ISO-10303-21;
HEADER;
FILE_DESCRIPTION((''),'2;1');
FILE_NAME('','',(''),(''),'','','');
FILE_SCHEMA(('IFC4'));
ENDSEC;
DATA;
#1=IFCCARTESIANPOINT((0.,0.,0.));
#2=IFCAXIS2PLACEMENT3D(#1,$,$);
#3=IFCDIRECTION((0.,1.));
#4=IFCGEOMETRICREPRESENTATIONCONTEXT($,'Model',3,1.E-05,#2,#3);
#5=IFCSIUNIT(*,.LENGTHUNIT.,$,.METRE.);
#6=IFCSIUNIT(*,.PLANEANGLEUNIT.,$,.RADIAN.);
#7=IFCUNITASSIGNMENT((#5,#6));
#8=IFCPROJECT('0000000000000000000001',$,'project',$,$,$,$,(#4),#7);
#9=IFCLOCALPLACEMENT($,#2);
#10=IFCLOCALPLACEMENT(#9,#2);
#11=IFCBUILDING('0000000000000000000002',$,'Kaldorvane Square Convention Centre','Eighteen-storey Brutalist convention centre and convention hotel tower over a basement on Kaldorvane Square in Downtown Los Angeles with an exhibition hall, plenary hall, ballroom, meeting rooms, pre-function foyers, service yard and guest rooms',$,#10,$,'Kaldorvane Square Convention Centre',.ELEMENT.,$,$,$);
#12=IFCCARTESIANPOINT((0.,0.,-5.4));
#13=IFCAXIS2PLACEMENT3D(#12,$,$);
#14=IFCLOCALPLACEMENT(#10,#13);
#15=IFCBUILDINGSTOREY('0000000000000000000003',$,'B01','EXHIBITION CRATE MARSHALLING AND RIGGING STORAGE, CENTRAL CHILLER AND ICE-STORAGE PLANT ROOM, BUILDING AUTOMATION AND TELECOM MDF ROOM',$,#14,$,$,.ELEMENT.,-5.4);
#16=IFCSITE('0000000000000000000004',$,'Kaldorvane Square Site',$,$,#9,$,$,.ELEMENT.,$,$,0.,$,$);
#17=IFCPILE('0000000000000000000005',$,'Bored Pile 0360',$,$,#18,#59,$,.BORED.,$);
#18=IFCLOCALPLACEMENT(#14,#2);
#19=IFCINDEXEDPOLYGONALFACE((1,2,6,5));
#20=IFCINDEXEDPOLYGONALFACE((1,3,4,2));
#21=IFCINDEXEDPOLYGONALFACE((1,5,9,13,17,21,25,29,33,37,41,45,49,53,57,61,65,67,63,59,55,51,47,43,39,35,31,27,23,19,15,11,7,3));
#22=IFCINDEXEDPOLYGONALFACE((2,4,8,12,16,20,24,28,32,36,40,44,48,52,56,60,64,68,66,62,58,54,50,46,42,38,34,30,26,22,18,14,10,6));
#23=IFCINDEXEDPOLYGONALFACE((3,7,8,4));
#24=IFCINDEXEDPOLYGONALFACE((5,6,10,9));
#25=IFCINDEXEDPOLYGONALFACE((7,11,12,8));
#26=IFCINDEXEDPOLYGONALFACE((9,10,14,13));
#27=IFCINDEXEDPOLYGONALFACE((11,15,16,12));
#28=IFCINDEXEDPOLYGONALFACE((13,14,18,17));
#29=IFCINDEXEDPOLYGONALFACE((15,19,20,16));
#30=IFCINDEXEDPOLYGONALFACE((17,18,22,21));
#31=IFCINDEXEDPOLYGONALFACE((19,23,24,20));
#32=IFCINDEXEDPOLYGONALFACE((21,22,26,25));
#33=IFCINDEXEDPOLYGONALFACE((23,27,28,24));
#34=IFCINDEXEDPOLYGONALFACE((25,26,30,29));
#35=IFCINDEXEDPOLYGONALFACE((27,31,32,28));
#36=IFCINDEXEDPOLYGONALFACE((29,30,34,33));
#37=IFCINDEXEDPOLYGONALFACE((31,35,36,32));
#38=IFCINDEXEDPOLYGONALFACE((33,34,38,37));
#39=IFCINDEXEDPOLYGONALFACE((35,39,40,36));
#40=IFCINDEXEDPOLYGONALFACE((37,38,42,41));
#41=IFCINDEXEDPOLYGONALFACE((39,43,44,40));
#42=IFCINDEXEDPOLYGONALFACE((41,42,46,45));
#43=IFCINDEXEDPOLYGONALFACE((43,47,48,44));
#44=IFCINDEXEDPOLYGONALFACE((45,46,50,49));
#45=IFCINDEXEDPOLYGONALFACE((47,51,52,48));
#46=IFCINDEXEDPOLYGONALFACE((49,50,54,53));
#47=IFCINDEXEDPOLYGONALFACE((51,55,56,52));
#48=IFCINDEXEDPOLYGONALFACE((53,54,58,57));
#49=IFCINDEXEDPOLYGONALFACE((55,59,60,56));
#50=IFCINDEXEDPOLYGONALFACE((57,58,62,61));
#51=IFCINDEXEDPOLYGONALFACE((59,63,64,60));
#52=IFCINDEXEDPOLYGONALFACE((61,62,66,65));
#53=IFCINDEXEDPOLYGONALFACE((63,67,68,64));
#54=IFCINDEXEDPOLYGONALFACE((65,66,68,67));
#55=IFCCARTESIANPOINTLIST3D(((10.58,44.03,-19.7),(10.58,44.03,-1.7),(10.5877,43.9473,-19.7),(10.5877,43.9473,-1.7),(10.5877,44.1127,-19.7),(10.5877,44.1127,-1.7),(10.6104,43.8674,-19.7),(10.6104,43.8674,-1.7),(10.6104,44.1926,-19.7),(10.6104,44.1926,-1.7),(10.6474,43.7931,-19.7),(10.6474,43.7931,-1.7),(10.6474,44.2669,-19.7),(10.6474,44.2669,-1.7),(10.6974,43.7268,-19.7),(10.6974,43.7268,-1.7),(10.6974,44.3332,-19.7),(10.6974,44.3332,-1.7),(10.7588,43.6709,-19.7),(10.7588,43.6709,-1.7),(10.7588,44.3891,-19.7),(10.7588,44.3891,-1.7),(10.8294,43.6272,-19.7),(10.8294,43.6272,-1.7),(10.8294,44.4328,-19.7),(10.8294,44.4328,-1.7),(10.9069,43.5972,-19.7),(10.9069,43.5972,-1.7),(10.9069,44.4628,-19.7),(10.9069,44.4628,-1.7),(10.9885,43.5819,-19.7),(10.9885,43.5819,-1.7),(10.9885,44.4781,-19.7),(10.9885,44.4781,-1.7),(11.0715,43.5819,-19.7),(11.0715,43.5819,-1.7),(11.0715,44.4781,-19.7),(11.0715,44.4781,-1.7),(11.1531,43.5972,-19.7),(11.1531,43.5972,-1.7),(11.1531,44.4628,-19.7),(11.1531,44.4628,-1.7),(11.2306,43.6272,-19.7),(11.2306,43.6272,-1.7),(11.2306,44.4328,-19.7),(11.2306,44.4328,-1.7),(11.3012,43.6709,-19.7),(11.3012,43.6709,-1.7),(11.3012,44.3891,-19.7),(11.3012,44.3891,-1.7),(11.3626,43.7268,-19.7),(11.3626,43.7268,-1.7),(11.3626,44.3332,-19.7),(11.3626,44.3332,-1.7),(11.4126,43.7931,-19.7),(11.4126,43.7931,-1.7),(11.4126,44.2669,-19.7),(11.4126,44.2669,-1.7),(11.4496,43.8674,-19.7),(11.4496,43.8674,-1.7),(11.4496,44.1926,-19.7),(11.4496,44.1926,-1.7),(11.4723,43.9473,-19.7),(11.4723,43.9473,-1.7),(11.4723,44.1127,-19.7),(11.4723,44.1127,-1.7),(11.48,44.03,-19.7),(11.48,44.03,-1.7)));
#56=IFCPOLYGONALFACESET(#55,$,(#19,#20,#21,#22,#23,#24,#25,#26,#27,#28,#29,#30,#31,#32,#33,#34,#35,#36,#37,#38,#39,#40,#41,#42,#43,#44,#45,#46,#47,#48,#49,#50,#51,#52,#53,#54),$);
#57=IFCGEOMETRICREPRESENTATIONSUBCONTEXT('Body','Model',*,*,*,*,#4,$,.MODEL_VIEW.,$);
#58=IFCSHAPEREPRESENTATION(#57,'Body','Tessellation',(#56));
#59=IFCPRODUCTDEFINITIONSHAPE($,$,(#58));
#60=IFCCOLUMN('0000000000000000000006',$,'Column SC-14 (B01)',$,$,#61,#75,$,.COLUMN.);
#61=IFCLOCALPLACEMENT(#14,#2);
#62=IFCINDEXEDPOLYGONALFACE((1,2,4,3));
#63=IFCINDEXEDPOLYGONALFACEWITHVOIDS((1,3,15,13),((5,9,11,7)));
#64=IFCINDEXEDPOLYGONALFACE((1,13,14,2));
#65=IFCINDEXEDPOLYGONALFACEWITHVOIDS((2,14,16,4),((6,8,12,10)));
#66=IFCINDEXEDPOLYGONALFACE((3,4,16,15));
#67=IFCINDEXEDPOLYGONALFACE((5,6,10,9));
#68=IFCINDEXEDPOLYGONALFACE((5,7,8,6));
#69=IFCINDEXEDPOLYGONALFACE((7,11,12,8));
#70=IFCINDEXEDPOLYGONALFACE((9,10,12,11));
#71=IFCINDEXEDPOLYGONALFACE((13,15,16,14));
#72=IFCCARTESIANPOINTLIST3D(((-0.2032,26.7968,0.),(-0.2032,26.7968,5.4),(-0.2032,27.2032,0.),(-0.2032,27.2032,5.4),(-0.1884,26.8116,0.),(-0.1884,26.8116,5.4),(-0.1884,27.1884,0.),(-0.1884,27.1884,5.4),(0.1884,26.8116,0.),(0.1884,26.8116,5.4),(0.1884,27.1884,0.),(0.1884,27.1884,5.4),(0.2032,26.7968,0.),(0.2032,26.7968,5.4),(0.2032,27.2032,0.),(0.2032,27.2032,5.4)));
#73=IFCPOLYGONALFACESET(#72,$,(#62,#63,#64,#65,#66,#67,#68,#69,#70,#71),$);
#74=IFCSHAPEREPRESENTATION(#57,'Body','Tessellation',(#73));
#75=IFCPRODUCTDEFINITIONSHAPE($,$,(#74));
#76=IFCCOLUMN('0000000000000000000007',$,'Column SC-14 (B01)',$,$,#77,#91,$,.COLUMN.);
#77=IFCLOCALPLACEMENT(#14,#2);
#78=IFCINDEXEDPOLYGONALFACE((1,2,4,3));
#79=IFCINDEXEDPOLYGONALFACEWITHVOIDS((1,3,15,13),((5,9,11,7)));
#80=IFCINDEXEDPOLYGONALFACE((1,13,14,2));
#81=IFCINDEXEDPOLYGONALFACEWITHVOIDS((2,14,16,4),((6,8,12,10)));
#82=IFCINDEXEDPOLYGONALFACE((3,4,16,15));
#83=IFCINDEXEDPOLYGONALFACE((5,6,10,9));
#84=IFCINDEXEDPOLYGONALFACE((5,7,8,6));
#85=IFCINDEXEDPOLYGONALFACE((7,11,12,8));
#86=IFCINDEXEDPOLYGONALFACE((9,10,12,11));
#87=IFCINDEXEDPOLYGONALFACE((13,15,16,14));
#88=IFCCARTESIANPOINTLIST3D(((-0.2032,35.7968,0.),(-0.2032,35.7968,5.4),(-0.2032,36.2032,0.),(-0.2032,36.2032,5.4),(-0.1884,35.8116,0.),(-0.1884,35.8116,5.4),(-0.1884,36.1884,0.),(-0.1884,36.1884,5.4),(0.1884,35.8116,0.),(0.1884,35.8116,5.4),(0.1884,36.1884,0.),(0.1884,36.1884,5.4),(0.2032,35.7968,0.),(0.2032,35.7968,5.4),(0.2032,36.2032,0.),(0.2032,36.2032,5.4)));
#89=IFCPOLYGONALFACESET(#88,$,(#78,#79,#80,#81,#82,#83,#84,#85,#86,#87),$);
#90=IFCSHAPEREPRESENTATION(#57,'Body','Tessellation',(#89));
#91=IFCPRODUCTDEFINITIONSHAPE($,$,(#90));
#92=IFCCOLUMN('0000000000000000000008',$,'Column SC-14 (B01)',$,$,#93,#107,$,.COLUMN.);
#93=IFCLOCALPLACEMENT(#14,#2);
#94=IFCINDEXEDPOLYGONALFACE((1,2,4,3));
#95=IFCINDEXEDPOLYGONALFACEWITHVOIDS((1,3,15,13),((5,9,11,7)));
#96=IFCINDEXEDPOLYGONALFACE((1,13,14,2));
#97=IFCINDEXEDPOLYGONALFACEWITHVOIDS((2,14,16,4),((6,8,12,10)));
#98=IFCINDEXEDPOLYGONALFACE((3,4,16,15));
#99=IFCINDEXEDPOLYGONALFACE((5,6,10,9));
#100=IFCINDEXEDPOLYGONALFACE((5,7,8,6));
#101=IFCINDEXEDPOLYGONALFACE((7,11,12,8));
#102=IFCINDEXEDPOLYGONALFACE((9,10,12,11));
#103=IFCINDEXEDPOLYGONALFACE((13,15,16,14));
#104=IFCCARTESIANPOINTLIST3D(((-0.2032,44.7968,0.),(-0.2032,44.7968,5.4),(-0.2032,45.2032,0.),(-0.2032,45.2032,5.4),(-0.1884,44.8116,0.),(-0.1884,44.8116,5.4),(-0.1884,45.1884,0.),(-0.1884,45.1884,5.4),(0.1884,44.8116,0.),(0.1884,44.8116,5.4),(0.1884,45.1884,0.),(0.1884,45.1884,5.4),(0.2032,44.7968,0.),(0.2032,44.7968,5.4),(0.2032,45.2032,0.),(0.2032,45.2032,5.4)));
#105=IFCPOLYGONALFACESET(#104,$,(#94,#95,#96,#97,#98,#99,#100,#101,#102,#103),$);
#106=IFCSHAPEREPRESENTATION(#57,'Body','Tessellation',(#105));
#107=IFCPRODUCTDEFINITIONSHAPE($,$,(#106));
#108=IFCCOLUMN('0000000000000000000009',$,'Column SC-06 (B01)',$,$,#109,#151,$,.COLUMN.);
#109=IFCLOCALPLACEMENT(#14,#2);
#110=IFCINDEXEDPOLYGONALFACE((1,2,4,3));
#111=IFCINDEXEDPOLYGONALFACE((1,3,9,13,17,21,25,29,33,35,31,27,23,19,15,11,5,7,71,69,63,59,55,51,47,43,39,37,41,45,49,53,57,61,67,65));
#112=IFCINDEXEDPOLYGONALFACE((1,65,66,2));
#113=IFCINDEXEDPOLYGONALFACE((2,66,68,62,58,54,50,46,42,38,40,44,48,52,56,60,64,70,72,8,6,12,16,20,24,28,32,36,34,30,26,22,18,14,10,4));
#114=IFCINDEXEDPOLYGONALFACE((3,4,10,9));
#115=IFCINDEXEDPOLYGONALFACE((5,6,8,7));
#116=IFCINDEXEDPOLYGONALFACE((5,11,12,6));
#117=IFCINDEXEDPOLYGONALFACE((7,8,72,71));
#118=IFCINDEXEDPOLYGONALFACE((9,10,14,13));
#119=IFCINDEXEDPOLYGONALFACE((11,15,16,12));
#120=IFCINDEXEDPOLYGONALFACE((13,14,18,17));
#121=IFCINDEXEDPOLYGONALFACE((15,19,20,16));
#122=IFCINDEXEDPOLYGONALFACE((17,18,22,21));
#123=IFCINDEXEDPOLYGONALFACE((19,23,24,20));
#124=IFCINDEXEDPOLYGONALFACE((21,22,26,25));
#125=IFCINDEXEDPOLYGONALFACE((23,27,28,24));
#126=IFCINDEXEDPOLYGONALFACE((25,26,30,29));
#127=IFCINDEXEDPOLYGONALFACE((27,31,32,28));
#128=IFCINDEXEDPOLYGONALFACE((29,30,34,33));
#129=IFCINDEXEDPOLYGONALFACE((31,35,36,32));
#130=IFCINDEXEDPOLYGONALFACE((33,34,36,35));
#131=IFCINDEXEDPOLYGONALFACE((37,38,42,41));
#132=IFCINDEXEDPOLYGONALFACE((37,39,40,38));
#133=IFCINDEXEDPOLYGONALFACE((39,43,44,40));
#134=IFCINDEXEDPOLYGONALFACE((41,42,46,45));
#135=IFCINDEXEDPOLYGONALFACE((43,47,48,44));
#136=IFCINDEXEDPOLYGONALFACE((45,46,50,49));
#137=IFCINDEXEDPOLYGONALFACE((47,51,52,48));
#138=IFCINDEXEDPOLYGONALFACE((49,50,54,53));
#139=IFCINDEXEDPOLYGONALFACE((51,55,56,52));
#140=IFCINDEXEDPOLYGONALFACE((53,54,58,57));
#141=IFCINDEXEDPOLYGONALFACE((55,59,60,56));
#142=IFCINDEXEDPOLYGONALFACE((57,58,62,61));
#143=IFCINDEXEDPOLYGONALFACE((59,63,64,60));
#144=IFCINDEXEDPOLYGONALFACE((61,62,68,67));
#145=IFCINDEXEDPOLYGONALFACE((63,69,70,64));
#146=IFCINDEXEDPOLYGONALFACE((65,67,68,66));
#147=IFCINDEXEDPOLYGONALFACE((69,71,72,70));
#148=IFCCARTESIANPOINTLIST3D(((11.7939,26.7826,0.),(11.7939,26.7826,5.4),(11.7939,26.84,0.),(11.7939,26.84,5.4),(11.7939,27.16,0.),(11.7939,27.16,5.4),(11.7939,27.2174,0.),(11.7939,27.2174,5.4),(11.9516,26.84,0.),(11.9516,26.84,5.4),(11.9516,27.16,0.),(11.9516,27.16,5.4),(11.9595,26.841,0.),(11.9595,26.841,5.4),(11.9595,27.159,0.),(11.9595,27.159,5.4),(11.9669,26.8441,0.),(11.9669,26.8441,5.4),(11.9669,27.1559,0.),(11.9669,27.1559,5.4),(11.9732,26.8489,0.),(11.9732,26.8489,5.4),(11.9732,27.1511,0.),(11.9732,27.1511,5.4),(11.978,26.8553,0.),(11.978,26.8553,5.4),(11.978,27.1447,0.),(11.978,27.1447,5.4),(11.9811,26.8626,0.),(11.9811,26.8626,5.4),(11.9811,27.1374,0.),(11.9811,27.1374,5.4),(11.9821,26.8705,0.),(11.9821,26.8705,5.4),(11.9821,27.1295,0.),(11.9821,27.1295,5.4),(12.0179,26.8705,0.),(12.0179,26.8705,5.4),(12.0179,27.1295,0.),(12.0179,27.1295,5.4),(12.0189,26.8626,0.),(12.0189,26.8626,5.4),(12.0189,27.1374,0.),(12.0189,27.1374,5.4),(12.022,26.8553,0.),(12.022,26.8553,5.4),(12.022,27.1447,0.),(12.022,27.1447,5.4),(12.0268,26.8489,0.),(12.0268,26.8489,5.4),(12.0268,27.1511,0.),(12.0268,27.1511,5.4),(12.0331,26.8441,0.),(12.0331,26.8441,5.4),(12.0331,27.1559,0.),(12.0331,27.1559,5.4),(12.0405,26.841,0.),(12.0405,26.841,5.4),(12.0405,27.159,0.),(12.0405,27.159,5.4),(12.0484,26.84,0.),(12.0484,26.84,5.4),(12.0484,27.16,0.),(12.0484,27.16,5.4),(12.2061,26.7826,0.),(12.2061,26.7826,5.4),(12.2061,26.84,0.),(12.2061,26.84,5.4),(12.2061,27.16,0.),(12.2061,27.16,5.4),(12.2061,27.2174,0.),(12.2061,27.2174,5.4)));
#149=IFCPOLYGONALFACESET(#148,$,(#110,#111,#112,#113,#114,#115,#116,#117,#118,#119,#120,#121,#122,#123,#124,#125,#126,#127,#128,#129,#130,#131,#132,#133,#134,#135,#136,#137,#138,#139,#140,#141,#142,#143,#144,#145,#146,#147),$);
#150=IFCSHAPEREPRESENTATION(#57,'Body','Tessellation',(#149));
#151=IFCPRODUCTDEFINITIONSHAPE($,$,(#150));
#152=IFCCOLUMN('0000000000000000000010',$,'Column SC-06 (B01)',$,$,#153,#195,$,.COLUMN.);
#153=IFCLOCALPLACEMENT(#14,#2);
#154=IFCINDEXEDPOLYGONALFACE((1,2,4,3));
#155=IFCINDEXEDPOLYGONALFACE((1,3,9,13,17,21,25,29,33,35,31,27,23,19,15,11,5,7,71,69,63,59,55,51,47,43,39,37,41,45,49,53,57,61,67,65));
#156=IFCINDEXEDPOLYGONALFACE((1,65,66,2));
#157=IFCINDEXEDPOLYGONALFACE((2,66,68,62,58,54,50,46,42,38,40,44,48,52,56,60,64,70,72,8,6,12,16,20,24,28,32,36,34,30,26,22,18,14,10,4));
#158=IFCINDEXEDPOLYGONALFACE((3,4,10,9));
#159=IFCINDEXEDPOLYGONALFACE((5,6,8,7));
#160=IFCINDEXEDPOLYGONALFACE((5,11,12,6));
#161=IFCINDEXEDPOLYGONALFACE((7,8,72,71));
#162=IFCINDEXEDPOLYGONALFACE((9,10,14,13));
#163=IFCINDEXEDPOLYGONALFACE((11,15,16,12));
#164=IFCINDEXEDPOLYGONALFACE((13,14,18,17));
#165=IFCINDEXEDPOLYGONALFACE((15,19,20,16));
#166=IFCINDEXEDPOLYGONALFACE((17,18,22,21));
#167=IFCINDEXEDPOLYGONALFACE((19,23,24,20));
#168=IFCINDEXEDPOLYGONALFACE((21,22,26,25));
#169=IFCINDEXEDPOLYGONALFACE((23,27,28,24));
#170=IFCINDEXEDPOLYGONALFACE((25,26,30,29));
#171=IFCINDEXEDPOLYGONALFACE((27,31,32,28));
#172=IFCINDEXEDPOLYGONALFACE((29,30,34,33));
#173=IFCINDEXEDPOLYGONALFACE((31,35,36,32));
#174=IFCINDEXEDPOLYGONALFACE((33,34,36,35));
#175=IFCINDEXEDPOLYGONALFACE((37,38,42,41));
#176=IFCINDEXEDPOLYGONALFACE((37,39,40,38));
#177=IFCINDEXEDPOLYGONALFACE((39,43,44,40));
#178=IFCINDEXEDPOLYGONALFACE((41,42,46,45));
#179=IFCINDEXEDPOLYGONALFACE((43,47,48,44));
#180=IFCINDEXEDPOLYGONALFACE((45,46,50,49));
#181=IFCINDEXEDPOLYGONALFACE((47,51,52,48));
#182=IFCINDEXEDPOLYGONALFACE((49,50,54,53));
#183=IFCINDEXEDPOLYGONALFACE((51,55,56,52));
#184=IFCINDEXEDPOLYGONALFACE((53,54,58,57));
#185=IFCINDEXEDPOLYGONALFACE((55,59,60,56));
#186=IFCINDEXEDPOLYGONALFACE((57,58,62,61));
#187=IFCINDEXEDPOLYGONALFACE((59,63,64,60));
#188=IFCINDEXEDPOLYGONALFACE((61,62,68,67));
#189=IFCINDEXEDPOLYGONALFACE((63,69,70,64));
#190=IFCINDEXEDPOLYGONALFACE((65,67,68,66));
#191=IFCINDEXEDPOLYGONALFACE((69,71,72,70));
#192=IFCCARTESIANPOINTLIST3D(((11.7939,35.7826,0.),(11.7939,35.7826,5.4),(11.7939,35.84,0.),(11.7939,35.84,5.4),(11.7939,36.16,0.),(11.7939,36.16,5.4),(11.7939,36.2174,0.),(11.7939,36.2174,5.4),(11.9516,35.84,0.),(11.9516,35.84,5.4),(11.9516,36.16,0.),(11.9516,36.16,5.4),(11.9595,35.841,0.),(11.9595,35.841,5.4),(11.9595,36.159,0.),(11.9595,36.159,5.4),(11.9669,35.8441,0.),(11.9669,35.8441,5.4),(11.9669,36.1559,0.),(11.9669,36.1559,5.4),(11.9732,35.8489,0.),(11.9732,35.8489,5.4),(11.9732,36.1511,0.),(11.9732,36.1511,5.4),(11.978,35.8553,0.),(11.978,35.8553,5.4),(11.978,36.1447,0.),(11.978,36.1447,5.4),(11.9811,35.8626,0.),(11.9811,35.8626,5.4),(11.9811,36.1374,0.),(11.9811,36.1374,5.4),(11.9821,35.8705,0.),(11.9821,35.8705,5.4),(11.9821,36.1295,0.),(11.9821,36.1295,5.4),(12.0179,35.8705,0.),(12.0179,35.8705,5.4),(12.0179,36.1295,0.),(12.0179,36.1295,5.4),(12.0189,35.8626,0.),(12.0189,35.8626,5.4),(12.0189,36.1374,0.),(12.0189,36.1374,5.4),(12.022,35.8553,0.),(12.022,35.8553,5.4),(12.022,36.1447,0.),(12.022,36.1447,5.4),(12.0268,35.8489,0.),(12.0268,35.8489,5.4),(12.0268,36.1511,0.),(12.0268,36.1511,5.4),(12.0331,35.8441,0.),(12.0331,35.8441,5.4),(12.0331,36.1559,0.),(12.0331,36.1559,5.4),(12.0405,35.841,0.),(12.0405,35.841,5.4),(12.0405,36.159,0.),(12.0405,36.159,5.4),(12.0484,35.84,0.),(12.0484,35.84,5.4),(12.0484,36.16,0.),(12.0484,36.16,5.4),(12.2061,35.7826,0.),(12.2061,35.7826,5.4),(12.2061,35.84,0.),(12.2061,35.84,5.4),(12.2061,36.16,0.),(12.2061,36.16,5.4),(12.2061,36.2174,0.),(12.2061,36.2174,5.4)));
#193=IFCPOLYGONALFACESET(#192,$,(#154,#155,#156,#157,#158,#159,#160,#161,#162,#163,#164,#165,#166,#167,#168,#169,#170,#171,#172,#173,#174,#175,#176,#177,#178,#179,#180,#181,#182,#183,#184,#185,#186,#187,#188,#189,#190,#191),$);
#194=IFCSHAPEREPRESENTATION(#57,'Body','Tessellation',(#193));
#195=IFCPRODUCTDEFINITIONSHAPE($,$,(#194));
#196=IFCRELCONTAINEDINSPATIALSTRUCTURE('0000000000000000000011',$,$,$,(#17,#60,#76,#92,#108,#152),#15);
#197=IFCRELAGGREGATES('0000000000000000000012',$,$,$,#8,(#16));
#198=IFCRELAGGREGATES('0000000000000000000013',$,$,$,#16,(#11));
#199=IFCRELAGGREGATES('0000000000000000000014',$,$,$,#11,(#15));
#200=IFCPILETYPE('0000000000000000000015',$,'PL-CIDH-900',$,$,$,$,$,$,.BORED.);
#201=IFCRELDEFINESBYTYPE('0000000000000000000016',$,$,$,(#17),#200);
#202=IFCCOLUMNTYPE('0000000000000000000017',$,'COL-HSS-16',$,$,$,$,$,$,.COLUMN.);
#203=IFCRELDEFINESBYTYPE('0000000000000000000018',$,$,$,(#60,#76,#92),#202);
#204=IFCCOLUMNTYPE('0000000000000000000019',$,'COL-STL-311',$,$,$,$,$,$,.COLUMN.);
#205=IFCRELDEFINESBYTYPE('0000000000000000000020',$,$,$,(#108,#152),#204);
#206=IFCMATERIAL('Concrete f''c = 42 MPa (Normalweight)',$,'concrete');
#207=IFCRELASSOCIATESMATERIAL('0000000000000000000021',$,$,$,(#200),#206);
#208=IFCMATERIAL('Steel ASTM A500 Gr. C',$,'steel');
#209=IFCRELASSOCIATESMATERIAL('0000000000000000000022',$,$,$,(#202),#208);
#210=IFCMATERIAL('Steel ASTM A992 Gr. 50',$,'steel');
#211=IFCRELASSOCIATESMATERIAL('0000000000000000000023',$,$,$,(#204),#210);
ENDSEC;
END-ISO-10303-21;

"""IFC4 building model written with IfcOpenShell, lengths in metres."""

from ifc_helpers import new_model, si_unit, direction, frame, origin, origin_2d, place, context, subcontext, project, spatial, hollow_rectangle, circle, i_section, extrude, material, material_profile, profile_set, type_object, element, save


model = new_model("IFC4")

# Units and contexts
model_context = context("Model", 3, precision=1e-05, world=origin(), true_north=direction((0.0, 1.0)))
body_context = subcontext(model_context, "Body", "Model", "MODEL_VIEW")
ifc_project = project(units=[si_unit("LENGTHUNIT", "METRE"), si_unit("PLANEANGLEUNIT", "RADIAN")], contexts=[model_context])

# Site, building, storey
site_placement = place(None, origin())
site = spatial("IfcSite", under=ifc_project, at=site_placement, Name="Kaldorvane Square Site", CompositionType="ELEMENT", RefElevation=0.0)
building_placement = place(site_placement, origin())
building = spatial("IfcBuilding", under=site, at=building_placement, Name="Kaldorvane Square Convention Centre", Description="Eighteen-storey Brutalist convention centre and convention hotel tower over a basement on Kaldorvane Square in Downtown Los Angeles with an exhibition hall, plenary hall, ballroom, meeting rooms, pre-function foyers, service yard and guest rooms", LongName="Kaldorvane Square Convention Centre", CompositionType="ELEMENT")
storey_placement = place(building_placement, frame((0.0, 0.0, -5.4)))
storey = spatial("IfcBuildingStorey", under=building, at=storey_placement, Name="B01", Description="EXHIBITION CRATE MARSHALLING AND RIGGING STORAGE, CENTRAL CHILLER AND ICE-STORAGE PLANT ROOM, BUILDING AUTOMATION AND TELECOM MDF ROOM", CompositionType="ELEMENT", Elevation=-5.4)

# Shared definitions
ifc_material_1 = material(Name="Concrete f'c = 42 MPa (Normalweight)", Category="concrete")

# Pile
ifc_material_profile_1 = material_profile(ifc_material_1, circle(Radius=0.45, at=origin_2d()), Name="PILE-D900")
ifc_profile_set_1 = profile_set([ifc_material_profile_1], Name="Concrete f'c = 42 MPa (Normalweight)")
pile_type_1 = type_object("IfcPileType", Name="PL-CIDH-900", PredefinedType="BORED", material=ifc_profile_set_1)
for number, where, z_axis, x_axis, name in (
    (1, (11.03, 44.03, -1.7), (0.0, 0.0, -1.0), (1.0, 0.0, 0.0), "Bored Pile 0360"),
):
    element("IfcPile", number, at=place(storey_placement, frame(where, z_axis=z_axis, x_axis=x_axis)), inside=storey, type_object=pile_type_1, Name=name, PredefinedType="BORED", context=body_context, shape_type="SweptSolid", body=[
        extrude(circle(Radius=0.45, at=origin_2d()), origin(), (0.0, 0.0, 1.0), 18.0),
    ])

# Columns
ifc_material_2 = material(Name="Steel ASTM A500 Gr. C", Category="steel")
ifc_material_profile_2 = material_profile(ifc_material_2, hollow_rectangle(XDim=0.4064, YDim=0.4064, WallThickness=0.0148, at=origin_2d()), Name="HSS16X16X5/8")
ifc_profile_set_2 = profile_set([ifc_material_profile_2], Name="Steel ASTM A500 Gr. C")
column_type_1 = type_object("IfcColumnType", Name="COL-HSS-16", PredefinedType="COLUMN", material=ifc_profile_set_2)
for number, where, z_axis, x_axis, name in (
    (2, (0.0, 27.0, 0.0), (0.0, 0.0, 1.0), (1.0, 0.0, 0.0), "Column SC-14 (B01)"),
    (3, (0.0, 36.0, 0.0), (0.0, 0.0, 1.0), (1.0, 0.0, 0.0), "Column SC-14 (B01)"),
    (4, (0.0, 45.0, 0.0), (0.0, 0.0, 1.0), (1.0, 0.0, 0.0), "Column SC-14 (B01)"),
):
    element("IfcColumn", number, at=place(storey_placement, frame(where, z_axis=z_axis, x_axis=x_axis)), inside=storey, type_object=column_type_1, Name=name, PredefinedType="COLUMN", context=body_context, shape_type="SweptSolid", body=[
        extrude(hollow_rectangle(XDim=0.4064, YDim=0.4064, WallThickness=0.0148, at=origin_2d()), origin(), (0.0, 0.0, 1.0), 5.4),
    ])
ifc_material_3 = material(Name="Steel ASTM A992 Gr. 50", Category="steel")
ifc_material_profile_3 = material_profile(ifc_material_3, i_section(OverallWidth=0.4122, OverallDepth=0.4348, WebThickness=0.0358, FlangeThickness=0.0574, FilletRadius=0.0305, at=origin_2d()), Name="W14X311")
ifc_profile_set_3 = profile_set([ifc_material_profile_3], Name="Steel ASTM A992 Gr. 50")
column_type_2 = type_object("IfcColumnType", Name="COL-STL-311", PredefinedType="COLUMN", material=ifc_profile_set_3)
for number, where, z_axis, x_axis, name in (
    (5, (12.0, 27.0, 0.0), (0.0, 0.0, 1.0), (1.0, 0.0, 0.0), "Column SC-06 (B01)"),
    (6, (12.0, 36.0, 0.0), (0.0, 0.0, 1.0), (1.0, 0.0, 0.0), "Column SC-06 (B01)"),
):
    element("IfcColumn", number, at=place(storey_placement, frame(where, z_axis=z_axis, x_axis=x_axis)), inside=storey, type_object=column_type_2, Name=name, PredefinedType="COLUMN", context=body_context, shape_type="SweptSolid", body=[
        extrude(i_section(OverallWidth=0.4122, OverallDepth=0.4348, WebThickness=0.0358, FlangeThickness=0.0574, FilletRadius=0.0305, at=origin_2d()), origin(), (0.0, 0.0, 1.0), 5.4),
    ])

save(model, "model.ifc")
